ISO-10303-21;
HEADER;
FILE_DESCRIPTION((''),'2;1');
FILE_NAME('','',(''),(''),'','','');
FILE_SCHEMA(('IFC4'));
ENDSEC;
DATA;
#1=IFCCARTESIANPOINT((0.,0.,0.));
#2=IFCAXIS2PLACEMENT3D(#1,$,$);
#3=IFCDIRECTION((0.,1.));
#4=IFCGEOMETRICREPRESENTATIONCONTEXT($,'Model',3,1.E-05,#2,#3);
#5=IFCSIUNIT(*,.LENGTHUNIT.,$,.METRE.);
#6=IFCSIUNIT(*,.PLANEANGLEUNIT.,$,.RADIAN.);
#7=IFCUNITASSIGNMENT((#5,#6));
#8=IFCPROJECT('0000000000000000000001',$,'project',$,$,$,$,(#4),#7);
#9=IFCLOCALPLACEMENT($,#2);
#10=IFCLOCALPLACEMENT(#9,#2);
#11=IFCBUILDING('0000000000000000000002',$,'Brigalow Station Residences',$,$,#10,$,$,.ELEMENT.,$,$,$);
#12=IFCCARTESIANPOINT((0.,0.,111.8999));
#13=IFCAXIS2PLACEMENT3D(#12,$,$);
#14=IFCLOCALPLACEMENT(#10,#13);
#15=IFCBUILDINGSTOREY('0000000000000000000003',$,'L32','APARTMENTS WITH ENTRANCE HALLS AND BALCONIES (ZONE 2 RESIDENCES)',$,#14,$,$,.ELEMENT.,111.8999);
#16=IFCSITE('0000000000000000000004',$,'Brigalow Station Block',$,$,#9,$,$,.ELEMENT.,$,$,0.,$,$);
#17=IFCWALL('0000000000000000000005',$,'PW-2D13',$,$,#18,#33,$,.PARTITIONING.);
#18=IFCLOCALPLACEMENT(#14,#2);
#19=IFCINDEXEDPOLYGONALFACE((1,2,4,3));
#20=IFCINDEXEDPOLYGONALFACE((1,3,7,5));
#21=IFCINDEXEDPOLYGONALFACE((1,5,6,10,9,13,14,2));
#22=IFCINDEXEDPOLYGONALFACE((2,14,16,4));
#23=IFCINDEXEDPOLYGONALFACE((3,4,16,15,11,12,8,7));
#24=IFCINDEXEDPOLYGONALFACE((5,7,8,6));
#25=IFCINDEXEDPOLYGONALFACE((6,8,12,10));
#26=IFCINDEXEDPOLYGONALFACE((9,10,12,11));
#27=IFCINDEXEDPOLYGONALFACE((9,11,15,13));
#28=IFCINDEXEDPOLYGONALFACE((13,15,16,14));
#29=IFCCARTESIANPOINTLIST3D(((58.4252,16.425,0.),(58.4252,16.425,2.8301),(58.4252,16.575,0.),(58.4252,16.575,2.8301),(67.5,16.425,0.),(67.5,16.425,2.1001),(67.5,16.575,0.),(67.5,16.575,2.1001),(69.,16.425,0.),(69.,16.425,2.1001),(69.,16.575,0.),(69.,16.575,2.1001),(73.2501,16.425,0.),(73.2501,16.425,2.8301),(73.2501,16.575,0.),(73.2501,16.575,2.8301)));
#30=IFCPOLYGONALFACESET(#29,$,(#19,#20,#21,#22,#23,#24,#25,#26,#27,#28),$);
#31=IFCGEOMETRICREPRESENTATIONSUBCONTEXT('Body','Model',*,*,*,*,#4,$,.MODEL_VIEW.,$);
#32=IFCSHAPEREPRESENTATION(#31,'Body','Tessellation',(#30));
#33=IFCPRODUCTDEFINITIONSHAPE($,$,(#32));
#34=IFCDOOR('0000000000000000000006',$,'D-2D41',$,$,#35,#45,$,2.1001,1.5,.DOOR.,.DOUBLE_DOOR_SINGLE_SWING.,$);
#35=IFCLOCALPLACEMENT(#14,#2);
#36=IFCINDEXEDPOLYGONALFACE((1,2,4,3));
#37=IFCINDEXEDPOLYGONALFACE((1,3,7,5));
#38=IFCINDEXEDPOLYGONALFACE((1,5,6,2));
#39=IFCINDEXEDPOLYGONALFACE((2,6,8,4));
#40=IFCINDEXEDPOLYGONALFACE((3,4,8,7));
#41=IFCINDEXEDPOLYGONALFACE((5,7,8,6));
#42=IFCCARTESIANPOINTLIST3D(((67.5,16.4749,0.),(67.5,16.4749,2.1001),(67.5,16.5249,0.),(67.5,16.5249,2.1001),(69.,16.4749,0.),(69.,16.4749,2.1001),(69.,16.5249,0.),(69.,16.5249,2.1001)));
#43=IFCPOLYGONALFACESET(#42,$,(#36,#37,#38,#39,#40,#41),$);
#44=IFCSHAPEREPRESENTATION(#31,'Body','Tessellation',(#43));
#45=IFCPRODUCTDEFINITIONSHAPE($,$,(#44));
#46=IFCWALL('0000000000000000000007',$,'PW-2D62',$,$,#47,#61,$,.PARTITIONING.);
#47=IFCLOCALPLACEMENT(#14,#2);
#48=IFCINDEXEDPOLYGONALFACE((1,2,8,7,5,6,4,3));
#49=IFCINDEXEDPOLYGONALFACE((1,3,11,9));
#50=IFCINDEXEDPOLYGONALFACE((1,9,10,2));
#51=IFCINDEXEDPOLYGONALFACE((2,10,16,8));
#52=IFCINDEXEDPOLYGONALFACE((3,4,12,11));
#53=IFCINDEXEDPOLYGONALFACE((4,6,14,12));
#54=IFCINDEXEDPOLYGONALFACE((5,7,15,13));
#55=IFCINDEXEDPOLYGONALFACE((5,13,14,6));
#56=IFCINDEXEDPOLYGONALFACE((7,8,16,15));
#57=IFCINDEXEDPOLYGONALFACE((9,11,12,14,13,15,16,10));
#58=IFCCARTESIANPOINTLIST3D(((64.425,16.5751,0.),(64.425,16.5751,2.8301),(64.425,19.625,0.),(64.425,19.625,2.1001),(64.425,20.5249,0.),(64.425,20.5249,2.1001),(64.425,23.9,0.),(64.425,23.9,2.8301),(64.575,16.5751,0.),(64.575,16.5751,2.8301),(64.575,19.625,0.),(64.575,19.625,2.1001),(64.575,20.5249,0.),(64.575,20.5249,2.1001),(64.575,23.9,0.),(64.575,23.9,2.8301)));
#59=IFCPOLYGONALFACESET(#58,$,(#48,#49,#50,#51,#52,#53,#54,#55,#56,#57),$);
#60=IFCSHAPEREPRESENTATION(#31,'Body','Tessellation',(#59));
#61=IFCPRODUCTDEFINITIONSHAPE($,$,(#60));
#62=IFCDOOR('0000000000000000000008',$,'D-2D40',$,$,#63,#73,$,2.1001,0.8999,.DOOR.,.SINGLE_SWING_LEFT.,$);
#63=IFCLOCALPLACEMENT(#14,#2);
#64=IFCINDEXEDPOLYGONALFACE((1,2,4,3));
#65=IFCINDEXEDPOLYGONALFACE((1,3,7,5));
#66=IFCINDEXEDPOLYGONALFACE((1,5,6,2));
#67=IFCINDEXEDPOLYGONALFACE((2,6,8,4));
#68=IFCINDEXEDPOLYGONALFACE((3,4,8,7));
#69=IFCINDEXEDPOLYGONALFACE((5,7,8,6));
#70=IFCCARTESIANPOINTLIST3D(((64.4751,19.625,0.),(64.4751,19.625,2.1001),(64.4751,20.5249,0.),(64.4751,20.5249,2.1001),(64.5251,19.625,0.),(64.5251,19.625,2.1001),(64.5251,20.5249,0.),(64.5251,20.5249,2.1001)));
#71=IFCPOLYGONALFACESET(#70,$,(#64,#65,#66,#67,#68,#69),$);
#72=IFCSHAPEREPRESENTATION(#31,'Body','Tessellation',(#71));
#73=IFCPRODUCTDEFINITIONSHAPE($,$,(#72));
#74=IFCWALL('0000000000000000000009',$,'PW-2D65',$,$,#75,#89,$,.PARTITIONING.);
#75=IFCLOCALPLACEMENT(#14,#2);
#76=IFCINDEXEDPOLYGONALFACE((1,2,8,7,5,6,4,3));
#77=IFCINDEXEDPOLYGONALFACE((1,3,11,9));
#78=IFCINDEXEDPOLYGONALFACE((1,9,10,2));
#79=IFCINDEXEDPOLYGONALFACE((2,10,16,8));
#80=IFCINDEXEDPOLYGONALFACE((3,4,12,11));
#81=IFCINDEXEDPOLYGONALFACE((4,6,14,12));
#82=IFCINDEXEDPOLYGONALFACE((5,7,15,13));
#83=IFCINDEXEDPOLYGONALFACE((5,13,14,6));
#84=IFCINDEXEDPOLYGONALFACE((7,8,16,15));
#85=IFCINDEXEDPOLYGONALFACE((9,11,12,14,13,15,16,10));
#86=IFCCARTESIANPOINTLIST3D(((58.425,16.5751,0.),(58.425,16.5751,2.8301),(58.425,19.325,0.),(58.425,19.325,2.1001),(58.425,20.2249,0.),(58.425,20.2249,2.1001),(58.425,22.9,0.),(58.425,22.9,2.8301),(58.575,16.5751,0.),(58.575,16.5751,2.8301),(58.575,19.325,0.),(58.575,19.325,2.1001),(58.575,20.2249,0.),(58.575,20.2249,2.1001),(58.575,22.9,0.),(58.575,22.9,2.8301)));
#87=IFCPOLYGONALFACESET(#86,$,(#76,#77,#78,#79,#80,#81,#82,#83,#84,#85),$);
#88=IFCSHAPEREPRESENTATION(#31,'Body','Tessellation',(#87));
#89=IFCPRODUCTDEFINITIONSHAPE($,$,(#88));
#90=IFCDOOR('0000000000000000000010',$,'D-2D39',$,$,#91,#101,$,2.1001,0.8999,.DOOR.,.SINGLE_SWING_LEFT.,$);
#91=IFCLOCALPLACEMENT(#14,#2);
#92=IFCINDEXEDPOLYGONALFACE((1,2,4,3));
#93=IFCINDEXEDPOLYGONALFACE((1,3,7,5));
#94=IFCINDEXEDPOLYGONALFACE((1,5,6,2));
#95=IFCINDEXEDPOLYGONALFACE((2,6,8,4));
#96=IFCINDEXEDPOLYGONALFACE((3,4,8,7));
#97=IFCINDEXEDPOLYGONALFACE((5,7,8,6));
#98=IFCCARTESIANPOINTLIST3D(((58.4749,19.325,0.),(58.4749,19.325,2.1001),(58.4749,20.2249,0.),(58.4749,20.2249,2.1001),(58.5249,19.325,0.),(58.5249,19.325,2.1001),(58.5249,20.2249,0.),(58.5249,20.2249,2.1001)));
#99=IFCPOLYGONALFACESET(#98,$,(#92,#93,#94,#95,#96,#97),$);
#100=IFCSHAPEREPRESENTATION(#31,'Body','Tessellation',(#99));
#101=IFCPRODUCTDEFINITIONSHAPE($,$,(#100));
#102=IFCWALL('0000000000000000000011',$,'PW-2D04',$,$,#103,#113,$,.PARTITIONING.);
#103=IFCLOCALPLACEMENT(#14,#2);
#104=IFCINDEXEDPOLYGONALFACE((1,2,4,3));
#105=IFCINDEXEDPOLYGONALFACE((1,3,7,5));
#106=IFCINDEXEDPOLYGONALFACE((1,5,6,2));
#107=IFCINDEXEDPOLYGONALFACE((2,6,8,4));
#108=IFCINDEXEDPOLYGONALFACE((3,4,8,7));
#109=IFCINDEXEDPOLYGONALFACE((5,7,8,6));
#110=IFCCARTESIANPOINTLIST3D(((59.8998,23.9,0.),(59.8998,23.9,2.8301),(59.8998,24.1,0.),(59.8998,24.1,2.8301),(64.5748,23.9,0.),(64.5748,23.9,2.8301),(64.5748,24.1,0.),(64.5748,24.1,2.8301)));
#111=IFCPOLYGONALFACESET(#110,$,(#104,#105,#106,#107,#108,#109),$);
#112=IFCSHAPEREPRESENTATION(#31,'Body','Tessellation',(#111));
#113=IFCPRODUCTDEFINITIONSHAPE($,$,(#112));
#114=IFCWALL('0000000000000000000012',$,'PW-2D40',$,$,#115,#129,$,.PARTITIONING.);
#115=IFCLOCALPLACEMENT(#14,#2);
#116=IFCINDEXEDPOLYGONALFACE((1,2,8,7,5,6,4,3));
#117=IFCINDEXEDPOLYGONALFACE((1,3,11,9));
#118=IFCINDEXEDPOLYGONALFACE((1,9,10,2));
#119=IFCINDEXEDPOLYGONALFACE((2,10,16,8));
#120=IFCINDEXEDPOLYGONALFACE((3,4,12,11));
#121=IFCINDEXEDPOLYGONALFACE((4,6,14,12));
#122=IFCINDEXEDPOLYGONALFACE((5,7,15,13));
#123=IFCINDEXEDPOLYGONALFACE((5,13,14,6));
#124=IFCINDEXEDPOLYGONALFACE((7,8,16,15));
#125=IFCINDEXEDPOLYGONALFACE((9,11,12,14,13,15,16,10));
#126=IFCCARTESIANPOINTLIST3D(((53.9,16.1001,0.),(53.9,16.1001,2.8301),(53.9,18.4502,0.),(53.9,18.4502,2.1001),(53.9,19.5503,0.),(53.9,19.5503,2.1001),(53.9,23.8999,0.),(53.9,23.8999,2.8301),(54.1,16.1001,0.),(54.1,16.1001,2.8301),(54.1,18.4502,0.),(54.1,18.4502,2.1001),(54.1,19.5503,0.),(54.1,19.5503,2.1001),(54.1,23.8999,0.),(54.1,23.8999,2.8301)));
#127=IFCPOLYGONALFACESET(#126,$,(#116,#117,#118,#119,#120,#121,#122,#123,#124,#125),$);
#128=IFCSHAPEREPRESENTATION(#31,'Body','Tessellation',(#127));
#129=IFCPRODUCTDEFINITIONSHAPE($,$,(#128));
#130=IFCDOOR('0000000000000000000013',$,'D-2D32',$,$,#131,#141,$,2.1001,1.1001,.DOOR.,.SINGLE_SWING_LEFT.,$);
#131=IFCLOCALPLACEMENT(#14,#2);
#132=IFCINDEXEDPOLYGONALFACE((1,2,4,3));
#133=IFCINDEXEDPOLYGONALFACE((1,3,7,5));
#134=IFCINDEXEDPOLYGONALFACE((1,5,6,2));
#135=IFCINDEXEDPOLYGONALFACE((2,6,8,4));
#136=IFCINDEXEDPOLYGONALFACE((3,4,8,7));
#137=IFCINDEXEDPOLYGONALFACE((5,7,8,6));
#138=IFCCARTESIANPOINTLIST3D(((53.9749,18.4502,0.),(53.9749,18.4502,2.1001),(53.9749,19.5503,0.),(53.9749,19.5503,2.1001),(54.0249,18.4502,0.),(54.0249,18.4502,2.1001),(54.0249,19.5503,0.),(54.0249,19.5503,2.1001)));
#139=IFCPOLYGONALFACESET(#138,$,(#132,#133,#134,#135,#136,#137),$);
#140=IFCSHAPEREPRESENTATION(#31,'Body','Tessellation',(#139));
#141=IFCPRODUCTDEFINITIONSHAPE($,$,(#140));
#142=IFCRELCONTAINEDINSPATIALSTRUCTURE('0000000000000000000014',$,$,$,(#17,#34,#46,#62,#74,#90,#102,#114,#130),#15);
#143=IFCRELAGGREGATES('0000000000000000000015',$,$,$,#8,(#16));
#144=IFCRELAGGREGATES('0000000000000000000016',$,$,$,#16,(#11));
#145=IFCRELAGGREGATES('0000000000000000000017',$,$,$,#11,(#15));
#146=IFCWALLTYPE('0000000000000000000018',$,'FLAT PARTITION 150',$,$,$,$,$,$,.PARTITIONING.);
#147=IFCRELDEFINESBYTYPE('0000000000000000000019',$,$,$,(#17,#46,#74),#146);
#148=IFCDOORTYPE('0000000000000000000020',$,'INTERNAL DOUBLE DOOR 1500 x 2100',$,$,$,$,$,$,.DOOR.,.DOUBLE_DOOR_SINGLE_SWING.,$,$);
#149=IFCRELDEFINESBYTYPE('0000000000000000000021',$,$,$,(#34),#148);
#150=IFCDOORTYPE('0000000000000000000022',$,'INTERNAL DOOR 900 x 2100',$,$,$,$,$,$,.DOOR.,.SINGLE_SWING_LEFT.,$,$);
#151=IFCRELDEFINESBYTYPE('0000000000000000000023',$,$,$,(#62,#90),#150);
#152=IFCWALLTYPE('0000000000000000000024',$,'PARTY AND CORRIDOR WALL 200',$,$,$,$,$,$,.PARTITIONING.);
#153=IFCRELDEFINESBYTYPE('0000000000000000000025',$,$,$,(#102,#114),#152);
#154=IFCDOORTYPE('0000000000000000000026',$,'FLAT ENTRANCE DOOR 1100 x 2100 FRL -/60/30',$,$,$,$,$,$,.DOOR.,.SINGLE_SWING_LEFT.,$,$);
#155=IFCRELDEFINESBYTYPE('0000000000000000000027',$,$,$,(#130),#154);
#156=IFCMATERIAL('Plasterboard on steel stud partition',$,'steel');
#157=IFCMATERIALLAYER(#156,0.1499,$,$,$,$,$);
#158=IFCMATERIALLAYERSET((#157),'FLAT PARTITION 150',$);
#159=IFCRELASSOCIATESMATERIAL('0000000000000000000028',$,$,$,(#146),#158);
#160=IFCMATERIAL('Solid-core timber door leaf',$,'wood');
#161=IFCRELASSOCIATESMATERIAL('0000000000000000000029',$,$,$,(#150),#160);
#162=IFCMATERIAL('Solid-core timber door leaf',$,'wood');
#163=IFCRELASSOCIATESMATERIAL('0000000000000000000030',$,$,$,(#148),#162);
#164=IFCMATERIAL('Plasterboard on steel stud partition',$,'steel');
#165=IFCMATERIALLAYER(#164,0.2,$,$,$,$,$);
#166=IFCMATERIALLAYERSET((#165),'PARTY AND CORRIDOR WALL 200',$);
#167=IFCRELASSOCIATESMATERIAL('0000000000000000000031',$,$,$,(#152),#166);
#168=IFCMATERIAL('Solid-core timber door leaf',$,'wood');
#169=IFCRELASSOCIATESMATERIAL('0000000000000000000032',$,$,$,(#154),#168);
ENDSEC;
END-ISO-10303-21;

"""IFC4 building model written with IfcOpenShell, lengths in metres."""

from ifc_helpers import new_model, si_unit, direction, frame, frame_2d, origin, place, context, subcontext, project, spatial, rectangle, extrude, material, layer, layer_set, type_object, element, fill, save


model = new_model("IFC4")

# Units and contexts
model_context = context("Model", 3, precision=1e-05, world=origin(), true_north=direction((0.0, 1.0)))
body_context = subcontext(model_context, "Body", "Model", "MODEL_VIEW")
ifc_project = project(units=[si_unit("LENGTHUNIT", "METRE"), si_unit("PLANEANGLEUNIT", "RADIAN")], contexts=[model_context])

# Site, building, storey
site_placement = place(None, origin())
site = spatial("IfcSite", under=ifc_project, at=site_placement, Name="Brigalow Station Block", CompositionType="ELEMENT", RefElevation=0.0)
building_placement = place(site_placement, origin())
building = spatial("IfcBuilding", under=site, at=building_placement, Name="Brigalow Station Residences", CompositionType="ELEMENT")
storey_placement = place(building_placement, frame((0.0, 0.0, 111.8999)))
storey = spatial("IfcBuildingStorey", under=building, at=storey_placement, Name="L32", Description="APARTMENTS WITH ENTRANCE HALLS AND BALCONIES (ZONE 2 RESIDENCES)", CompositionType="ELEMENT", Elevation=111.8999)

# Shared definitions
ifc_material_1 = material(Name="Plasterboard on steel stud partition", Category="steel")
ifc_layer_1 = layer(ifc_material_1, 0.1499)
ifc_layer_set_1 = layer_set([ifc_layer_1], Name="FLAT PARTITION 150")
wall_type_1 = type_object("IfcWallType", Name="FLAT PARTITION 150", PredefinedType="PARTITIONING", material=ifc_layer_set_1)
ifc_material_2 = material(Name="Solid-core timber door leaf", Category="wood")
door_type_1 = type_object("IfcDoorType", Name="INTERNAL DOOR 900 x 2100", OperationType="SINGLE_SWING_LEFT", PredefinedType="DOOR", material=ifc_material_2)

# Walls, openings, doors
wall_1_placement = place(storey_placement, frame((58.425, 16.5, 0.0), z_axis=(0.0, 0.0, 1.0), x_axis=(1.0, 0.0, 0.0)))
wall_1 = element("IfcWall", 1, at=wall_1_placement, inside=storey, type_object=wall_type_1, Name="PW-2D13", PredefinedType="PARTITIONING", context=body_context, shape_type="SweptSolid", body=[
    extrude(rectangle(XDim=14.825, YDim=0.1499, at=frame_2d((7.4126, 0.0))), origin(), (0.0, 0.0, 1.0), 2.8301),
])
opening_1_placement = place(wall_1_placement, frame((9.075, 0.0, 0.0)))
opening_1 = element("IfcOpeningElement", 2, at=opening_1_placement, cuts=wall_1, PredefinedType="OPENING", context=body_context, shape_type="SweptSolid", body=[
    extrude(rectangle(XDim=1.5, YDim=2.1001, at=frame_2d((0.75, 1.05))), frame((0.0, 0.085, 0.0), z_axis=(0.0, -1.0, 0.0), x_axis=(1.0, 0.0, 0.0)), (0.0, 0.0, 1.0), 0.1699),
])
ifc_material_3 = material(Name="Solid-core timber door leaf", Category="wood")
door_type_2 = type_object("IfcDoorType", Name="INTERNAL DOUBLE DOOR 1500 x 2100", OperationType="DOUBLE_DOOR_SINGLE_SWING", PredefinedType="DOOR", material=ifc_material_3)
door_1_placement = place(opening_1_placement, origin())
door_1 = element("IfcDoor", 3, at=door_1_placement, inside=storey, type_object=door_type_2, Name="D-2D41", OperationType="DOUBLE_DOOR_SINGLE_SWING", OverallHeight=2.1001, OverallWidth=1.5, PredefinedType="DOOR", context=body_context, shape_type="SweptSolid", body=[
    extrude(rectangle(XDim=1.5, YDim=2.1001, at=frame_2d((0.75, 1.05))), frame((0.0, 0.0249, 0.0), z_axis=(0.0, -1.0, 0.0), x_axis=(1.0, 0.0, 0.0)), (0.0, 0.0, 1.0), 0.05),
])
fill(opening_1, door_1)
wall_2_placement = place(storey_placement, frame((64.5, 16.575, 0.0), z_axis=(0.0, 0.0, 1.0), x_axis=(0.0, 1.0, 0.0)))
wall_2 = element("IfcWall", 4, at=wall_2_placement, inside=storey, type_object=wall_type_1, Name="PW-2D62", PredefinedType="PARTITIONING", context=body_context, shape_type="SweptSolid", body=[
    extrude(rectangle(XDim=7.325, YDim=0.1499, at=frame_2d((3.6626, 0.0))), origin(), (0.0, 0.0, 1.0), 2.8301),
])
opening_2_placement = place(wall_2_placement, frame((3.05, 0.0, 0.0)))
opening_2 = element("IfcOpeningElement", 5, at=opening_2_placement, cuts=wall_2, PredefinedType="OPENING", context=body_context, shape_type="SweptSolid", body=[
    extrude(rectangle(XDim=0.8999, YDim=2.1001, at=frame_2d((0.45, 1.05))), frame((0.0, 0.085, 0.0), z_axis=(0.0, -1.0, 0.0), x_axis=(1.0, 0.0, 0.0)), (0.0, 0.0, 1.0), 0.1699),
])
door_2_placement = place(opening_2_placement, origin())
door_2 = element("IfcDoor", 6, at=door_2_placement, inside=storey, type_object=door_type_1, Name="D-2D40", OperationType="SINGLE_SWING_LEFT", OverallHeight=2.1001, OverallWidth=0.8999, PredefinedType="DOOR", context=body_context, shape_type="SweptSolid", body=[
    extrude(rectangle(XDim=0.8999, YDim=2.1001, at=frame_2d((0.45, 1.05))), frame((0.0, 0.0249, 0.0), z_axis=(0.0, -1.0, 0.0), x_axis=(1.0, 0.0, 0.0)), (0.0, 0.0, 1.0), 0.05),
])
fill(opening_2, door_2)
wall_3_placement = place(storey_placement, frame((58.5, 16.575, 0.0), z_axis=(0.0, 0.0, 1.0), x_axis=(0.0, 1.0, 0.0)))
wall_3 = element("IfcWall", 7, at=wall_3_placement, inside=storey, type_object=wall_type_1, Name="PW-2D65", PredefinedType="PARTITIONING", context=body_context, shape_type="SweptSolid", body=[
    extrude(rectangle(XDim=6.325, YDim=0.1499, at=frame_2d((3.1626, 0.0))), origin(), (0.0, 0.0, 1.0), 2.8301),
])
opening_3_placement = place(wall_3_placement, frame((2.75, 0.0, 0.0)))
opening_3 = element("IfcOpeningElement", 8, at=opening_3_placement, cuts=wall_3, PredefinedType="OPENING", context=body_context, shape_type="SweptSolid", body=[
    extrude(rectangle(XDim=0.8999, YDim=2.1001, at=frame_2d((0.45, 1.05))), frame((0.0, 0.085, 0.0), z_axis=(0.0, -1.0, 0.0), x_axis=(1.0, 0.0, 0.0)), (0.0, 0.0, 1.0), 0.1699),
])
door_3_placement = place(opening_3_placement, frame((0.8999, 0.0, 0.0), z_axis=(0.0, 0.0, 1.0), x_axis=(-1.0, 0.0, 0.0)))
door_3 = element("IfcDoor", 9, at=door_3_placement, inside=storey, type_object=door_type_1, Name="D-2D39", OperationType="SINGLE_SWING_LEFT", OverallHeight=2.1001, OverallWidth=0.8999, PredefinedType="DOOR", context=body_context, shape_type="SweptSolid", body=[
    extrude(rectangle(XDim=0.8999, YDim=2.1001, at=frame_2d((0.45, 1.05))), frame((0.0, 0.0249, 0.0), z_axis=(0.0, -1.0, 0.0), x_axis=(1.0, 0.0, 0.0)), (0.0, 0.0, 1.0), 0.05),
])
fill(opening_3, door_3)

# Wall
ifc_material_4 = material(Name="Plasterboard on steel stud partition", Category="steel")
ifc_layer_2 = layer(ifc_material_4, 0.2)
ifc_layer_set_2 = layer_set([ifc_layer_2], Name="PARTY AND CORRIDOR WALL 200")
wall_type_2 = type_object("IfcWallType", Name="PARTY AND CORRIDOR WALL 200", PredefinedType="PARTITIONING", material=ifc_layer_set_2)
wall_4_placement = place(storey_placement, frame((59.8999, 24.0, 0.0), z_axis=(0.0, 0.0, 1.0), x_axis=(1.0, 0.0, 0.0)))
element("IfcWall", 10, at=wall_4_placement, inside=storey, type_object=wall_type_2, Name="PW-2D04", PredefinedType="PARTITIONING", context=body_context, shape_type="SweptSolid", body=[
    extrude(rectangle(XDim=4.675, YDim=0.2, at=frame_2d((2.3374, 0.0))), origin(), (0.0, 0.0, 1.0), 2.8301),
])

# Wall, opening, door
wall_5_placement = place(storey_placement, frame((54.0, 16.1001, 0.0), z_axis=(0.0, 0.0, 1.0), x_axis=(0.0, 1.0, 0.0)))
wall_5 = element("IfcWall", 11, at=wall_5_placement, inside=storey, type_object=wall_type_2, Name="PW-2D40", PredefinedType="PARTITIONING", context=body_context, shape_type="SweptSolid", body=[
    extrude(rectangle(XDim=7.7998, YDim=0.2, at=frame_2d((3.8999, 0.0))), origin(), (0.0, 0.0, 1.0), 2.8301),
])
opening_4_placement = place(wall_5_placement, frame((2.3501, 0.0, 0.0)))
opening_4 = element("IfcOpeningElement", 12, at=opening_4_placement, cuts=wall_5, PredefinedType="OPENING", context=body_context, shape_type="SweptSolid", body=[
    extrude(rectangle(XDim=1.1001, YDim=2.1001, at=frame_2d((0.55, 1.05))), frame((0.0, 0.1099, 0.0), z_axis=(0.0, -1.0, 0.0), x_axis=(1.0, 0.0, 0.0)), (0.0, 0.0, 1.0), 0.22),
])
ifc_material_5 = material(Name="Solid-core timber door leaf", Category="wood")
door_type_3 = type_object("IfcDoorType", Name="FLAT ENTRANCE DOOR 1100 x 2100 FRL -/60/30", OperationType="SINGLE_SWING_LEFT", PredefinedType="DOOR", material=ifc_material_5)
door_4_placement = place(opening_4_placement, frame((1.1001, 0.0, 0.0), z_axis=(0.0, 0.0, 1.0), x_axis=(-1.0, 0.0, 0.0)))
door_4 = element("IfcDoor", 13, at=door_4_placement, inside=storey, type_object=door_type_3, Name="D-2D32", OperationType="SINGLE_SWING_LEFT", OverallHeight=2.1001, OverallWidth=1.1001, PredefinedType="DOOR", context=body_context, shape_type="SweptSolid", body=[
    extrude(rectangle(XDim=1.1001, YDim=2.1001, at=frame_2d((0.55, 1.05))), frame((0.0, 0.0249, 0.0), z_axis=(0.0, -1.0, 0.0), x_axis=(1.0, 0.0, 0.0)), (0.0, 0.0, 1.0), 0.05),
])
fill(opening_4, door_4)

save(model, "model.ifc")
